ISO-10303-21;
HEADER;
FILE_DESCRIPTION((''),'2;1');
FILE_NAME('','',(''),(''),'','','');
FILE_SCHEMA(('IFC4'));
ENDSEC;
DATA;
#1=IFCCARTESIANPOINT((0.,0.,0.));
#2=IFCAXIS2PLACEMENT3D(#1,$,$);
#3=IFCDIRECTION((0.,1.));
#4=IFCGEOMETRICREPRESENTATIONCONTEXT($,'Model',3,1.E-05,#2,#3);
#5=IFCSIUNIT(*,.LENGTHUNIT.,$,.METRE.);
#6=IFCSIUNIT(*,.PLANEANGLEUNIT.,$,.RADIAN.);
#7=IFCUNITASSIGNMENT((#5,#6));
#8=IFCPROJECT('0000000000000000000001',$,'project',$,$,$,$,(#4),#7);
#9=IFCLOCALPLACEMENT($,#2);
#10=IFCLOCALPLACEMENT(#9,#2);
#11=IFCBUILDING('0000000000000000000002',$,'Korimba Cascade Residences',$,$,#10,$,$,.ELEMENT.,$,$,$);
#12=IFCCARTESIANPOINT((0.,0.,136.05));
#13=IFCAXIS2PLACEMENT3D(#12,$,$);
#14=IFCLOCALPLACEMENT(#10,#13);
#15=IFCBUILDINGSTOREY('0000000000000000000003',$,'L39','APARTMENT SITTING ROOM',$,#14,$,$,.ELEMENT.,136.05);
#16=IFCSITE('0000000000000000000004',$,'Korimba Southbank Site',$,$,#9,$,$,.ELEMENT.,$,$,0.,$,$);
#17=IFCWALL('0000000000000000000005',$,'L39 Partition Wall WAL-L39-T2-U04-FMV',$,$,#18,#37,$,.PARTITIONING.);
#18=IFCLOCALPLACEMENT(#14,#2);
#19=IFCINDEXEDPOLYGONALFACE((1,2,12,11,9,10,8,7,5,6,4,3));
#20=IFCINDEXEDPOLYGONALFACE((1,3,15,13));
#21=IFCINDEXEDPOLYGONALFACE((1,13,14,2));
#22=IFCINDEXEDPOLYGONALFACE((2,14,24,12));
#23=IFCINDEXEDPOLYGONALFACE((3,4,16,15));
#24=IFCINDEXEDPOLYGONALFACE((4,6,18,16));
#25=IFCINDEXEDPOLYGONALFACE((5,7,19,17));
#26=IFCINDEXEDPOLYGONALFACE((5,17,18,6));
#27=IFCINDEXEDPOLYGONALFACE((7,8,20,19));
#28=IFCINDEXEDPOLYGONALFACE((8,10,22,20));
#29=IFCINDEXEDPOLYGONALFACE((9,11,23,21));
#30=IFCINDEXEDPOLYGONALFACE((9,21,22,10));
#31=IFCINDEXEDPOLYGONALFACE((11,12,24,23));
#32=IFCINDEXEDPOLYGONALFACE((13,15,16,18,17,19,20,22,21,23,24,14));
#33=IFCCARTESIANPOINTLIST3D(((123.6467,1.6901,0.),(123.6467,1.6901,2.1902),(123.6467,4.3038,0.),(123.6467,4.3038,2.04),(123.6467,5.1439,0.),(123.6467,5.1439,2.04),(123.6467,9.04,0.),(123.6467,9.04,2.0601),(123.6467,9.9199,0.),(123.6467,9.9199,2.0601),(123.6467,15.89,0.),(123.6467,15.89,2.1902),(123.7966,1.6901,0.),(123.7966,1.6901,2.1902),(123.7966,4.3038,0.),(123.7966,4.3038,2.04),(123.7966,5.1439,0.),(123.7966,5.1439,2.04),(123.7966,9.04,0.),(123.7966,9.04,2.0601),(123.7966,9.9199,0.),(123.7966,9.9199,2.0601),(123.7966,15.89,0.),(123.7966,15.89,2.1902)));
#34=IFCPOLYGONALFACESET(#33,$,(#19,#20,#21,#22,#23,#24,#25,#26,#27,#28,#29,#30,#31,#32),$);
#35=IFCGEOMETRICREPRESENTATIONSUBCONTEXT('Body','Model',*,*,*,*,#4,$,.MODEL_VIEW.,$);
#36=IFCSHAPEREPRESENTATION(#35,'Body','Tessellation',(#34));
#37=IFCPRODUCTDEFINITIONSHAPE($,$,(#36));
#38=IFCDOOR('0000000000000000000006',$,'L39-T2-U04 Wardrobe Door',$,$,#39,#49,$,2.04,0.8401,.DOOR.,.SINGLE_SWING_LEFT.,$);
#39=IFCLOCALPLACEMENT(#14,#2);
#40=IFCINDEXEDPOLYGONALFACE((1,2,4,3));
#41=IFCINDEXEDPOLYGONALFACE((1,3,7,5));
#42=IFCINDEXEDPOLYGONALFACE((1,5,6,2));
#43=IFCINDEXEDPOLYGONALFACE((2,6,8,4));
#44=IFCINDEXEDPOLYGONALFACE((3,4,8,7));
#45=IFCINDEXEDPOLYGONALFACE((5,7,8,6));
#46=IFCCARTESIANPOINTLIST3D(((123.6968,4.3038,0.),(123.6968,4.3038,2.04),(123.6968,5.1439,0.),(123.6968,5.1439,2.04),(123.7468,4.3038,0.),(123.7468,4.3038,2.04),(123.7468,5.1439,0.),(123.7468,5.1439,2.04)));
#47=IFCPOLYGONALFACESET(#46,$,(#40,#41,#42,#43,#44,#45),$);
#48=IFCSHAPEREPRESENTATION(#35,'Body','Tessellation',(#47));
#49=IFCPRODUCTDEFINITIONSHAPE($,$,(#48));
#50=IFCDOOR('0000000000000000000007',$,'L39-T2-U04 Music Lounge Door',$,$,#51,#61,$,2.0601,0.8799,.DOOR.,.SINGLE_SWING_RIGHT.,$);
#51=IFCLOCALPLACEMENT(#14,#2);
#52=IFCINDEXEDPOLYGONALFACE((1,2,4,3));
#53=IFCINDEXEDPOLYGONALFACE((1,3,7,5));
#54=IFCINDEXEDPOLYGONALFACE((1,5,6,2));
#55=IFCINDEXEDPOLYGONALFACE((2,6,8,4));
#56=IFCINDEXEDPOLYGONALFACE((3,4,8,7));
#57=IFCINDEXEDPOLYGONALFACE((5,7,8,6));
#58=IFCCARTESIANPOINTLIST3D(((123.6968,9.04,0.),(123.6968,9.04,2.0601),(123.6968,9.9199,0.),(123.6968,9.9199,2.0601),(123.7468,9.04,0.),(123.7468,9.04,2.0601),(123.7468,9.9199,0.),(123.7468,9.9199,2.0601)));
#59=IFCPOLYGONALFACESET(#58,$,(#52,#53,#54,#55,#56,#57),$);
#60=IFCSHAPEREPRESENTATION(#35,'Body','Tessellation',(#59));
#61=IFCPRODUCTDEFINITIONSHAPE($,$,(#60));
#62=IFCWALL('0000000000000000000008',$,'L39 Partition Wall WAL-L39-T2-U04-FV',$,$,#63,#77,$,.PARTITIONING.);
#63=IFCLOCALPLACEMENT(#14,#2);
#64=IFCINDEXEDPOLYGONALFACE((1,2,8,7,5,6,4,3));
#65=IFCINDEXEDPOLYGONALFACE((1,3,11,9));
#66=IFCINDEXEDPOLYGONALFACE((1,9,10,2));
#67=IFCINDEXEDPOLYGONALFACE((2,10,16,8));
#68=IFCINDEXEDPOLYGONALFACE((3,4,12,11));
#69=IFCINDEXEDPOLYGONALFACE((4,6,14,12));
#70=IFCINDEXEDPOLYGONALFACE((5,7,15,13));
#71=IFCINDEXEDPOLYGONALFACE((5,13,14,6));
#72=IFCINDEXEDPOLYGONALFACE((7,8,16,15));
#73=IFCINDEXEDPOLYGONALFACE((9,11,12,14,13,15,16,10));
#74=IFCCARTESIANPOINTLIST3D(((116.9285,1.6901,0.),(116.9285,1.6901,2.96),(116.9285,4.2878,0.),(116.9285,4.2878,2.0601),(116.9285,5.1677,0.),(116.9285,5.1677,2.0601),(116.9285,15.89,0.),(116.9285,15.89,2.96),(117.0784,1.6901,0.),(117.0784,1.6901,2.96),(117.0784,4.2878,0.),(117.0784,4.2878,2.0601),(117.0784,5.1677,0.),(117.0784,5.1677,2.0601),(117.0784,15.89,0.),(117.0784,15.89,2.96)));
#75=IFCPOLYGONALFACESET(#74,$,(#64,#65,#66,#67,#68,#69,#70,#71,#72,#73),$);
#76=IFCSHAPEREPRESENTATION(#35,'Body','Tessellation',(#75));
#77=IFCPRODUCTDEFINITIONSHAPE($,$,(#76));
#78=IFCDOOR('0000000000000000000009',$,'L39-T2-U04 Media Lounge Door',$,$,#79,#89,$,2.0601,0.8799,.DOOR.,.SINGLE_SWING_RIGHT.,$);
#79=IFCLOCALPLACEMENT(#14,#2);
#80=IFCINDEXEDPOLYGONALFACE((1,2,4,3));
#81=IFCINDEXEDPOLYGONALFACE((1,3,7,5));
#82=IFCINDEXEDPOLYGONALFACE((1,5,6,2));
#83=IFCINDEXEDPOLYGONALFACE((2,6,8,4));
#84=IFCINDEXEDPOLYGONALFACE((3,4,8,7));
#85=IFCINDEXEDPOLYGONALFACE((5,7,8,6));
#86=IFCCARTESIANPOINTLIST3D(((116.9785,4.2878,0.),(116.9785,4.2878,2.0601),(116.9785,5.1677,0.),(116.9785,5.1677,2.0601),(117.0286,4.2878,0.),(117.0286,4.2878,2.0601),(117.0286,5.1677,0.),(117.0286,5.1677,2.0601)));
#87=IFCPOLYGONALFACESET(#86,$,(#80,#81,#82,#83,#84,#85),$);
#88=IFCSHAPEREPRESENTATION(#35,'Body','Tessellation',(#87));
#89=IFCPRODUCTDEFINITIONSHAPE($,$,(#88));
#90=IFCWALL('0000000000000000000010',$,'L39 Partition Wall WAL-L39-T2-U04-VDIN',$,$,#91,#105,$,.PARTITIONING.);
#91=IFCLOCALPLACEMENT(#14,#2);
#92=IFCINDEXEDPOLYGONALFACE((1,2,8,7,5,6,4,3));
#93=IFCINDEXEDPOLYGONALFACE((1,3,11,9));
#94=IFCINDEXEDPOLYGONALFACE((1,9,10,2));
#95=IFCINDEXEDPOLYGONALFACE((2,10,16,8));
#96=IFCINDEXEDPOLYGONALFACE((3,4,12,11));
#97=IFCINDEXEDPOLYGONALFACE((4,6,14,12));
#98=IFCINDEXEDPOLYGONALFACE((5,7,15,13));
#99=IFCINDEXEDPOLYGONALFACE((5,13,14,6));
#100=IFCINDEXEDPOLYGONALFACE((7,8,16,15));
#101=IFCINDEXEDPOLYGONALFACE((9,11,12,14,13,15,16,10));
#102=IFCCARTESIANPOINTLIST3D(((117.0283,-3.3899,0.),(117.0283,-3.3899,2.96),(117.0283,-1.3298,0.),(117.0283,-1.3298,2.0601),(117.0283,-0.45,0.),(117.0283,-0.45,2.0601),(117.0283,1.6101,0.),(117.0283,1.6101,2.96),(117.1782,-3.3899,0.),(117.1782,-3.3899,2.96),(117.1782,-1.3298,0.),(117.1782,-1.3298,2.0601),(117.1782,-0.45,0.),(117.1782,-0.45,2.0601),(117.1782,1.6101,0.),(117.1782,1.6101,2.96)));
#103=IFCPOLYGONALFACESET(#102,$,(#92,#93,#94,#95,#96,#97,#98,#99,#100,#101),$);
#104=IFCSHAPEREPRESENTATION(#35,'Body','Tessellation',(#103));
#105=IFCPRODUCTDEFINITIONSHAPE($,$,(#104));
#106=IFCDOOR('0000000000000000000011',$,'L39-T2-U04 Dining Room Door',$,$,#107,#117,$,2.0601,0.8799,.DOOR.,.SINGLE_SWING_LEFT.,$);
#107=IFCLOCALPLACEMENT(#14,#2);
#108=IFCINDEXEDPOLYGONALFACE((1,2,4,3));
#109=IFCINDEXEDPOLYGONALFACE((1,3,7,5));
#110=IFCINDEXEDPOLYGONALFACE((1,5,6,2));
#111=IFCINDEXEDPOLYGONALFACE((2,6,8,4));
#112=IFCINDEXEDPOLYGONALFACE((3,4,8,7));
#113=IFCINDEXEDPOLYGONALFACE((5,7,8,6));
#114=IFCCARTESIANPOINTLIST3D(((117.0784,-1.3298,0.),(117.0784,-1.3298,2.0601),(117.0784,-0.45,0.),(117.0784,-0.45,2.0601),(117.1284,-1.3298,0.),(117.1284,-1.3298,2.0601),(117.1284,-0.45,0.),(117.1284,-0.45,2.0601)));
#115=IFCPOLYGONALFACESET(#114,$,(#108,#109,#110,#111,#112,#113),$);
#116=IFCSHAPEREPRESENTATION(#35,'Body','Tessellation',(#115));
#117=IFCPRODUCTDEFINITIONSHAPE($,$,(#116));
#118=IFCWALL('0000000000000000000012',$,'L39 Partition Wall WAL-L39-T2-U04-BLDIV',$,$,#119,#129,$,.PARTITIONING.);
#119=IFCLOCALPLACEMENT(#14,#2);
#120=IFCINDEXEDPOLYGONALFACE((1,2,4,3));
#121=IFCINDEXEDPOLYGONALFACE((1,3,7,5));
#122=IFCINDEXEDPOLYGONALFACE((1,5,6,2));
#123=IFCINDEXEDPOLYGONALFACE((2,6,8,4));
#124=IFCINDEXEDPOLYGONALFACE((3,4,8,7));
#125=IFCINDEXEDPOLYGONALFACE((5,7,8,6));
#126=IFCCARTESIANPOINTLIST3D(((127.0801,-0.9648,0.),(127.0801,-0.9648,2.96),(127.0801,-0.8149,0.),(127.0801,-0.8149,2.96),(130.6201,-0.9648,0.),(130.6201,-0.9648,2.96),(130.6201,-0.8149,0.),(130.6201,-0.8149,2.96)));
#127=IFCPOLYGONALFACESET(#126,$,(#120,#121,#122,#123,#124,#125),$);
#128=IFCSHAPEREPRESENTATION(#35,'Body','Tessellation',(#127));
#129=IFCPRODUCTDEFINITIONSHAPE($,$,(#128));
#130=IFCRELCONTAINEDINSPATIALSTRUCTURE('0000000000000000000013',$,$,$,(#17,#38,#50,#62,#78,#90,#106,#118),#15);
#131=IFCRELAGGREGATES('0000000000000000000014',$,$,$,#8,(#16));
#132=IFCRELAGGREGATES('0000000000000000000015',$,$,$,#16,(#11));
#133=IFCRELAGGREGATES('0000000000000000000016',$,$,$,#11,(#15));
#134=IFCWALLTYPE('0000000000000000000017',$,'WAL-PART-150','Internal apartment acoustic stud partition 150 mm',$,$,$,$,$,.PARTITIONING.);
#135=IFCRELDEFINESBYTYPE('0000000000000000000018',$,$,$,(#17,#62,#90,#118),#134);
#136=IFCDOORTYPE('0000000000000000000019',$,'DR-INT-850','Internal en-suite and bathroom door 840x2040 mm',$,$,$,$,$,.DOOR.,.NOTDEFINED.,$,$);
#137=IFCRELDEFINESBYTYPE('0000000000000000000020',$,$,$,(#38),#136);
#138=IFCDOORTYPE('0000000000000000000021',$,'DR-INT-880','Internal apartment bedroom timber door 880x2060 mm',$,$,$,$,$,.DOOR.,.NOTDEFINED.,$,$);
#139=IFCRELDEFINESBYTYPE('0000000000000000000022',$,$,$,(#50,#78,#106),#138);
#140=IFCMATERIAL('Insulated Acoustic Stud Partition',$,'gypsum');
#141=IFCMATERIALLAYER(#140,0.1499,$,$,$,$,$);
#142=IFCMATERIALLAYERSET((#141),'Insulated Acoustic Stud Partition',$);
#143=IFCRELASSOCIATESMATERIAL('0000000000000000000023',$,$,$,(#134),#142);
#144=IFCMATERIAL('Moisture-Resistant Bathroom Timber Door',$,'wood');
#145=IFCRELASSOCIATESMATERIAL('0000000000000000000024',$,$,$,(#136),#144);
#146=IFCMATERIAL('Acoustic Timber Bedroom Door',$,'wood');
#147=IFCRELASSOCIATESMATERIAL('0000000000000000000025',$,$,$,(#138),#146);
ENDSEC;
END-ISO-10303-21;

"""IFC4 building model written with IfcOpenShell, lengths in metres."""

from ifc_helpers import new_model, si_unit, direction, frame, frame_2d, origin, place, context, subcontext, project, spatial, rectangle, extrude, material, layer, layer_set, type_object, element, fill, save


model = new_model("IFC4")

# Units and contexts
model_context = context("Model", 3, precision=1e-05, world=origin(), true_north=direction((0.0, 1.0)))
body_context = subcontext(model_context, "Body", "Model", "MODEL_VIEW")
ifc_project = project(units=[si_unit("LENGTHUNIT", "METRE"), si_unit("PLANEANGLEUNIT", "RADIAN")], contexts=[model_context])

# Site, building, storey
site_placement = place(None, origin())
site = spatial("IfcSite", under=ifc_project, at=site_placement, Name="Korimba Southbank Site", CompositionType="ELEMENT", RefElevation=0.0)
building_placement = place(site_placement, origin())
building = spatial("IfcBuilding", under=site, at=building_placement, Name="Korimba Cascade Residences", CompositionType="ELEMENT")
storey_placement = place(building_placement, frame((0.0, 0.0, 136.05)))
storey = spatial("IfcBuildingStorey", under=building, at=storey_placement, Name="L39", Description="APARTMENT SITTING ROOM", CompositionType="ELEMENT", Elevation=136.05)

# Wall, openings, doors
ifc_material_1 = material(Name="Insulated Acoustic Stud Partition", Category="gypsum")
ifc_layer = layer(ifc_material_1, 0.1499)
ifc_layer_set = layer_set([ifc_layer], Name="Insulated Acoustic Stud Partition")
wall_type = type_object("IfcWallType", Name="WAL-PART-150", Description="Internal apartment acoustic stud partition 150 mm", PredefinedType="PARTITIONING", material=ifc_layer_set)
wall_1_placement = place(storey_placement, frame((123.7217, 1.6899, 0.0), z_axis=(0.0, 0.0, 1.0), x_axis=(0.0, 1.0, 0.0)))
wall_1 = element("IfcWall", 1, at=wall_1_placement, inside=storey, type_object=wall_type, Name="L39 Partition Wall WAL-L39-T2-U04-FMV", PredefinedType="PARTITIONING", context=body_context, shape_type="SweptSolid", body=[
    extrude(rectangle(XDim=14.2, YDim=0.1499, at=frame_2d((7.1001, 0.0))), origin(), (0.0, 0.0, 1.0), 2.1902),
])
opening_1_placement = place(wall_1_placement, frame((2.614, 0.0, 0.0)))
opening_1 = element("IfcOpeningElement", 2, at=opening_1_placement, cuts=wall_1, PredefinedType="OPENING", context=body_context, shape_type="SweptSolid", body=[
    extrude(rectangle(XDim=0.8401, YDim=2.04, at=frame_2d((0.4199, 1.02))), frame((0.0, 0.085, 0.0), z_axis=(0.0, -1.0, 0.0), x_axis=(1.0, 0.0, 0.0)), (0.0, 0.0, 1.0), 0.1699),
])
opening_2_placement = place(wall_1_placement, frame((7.3501, 0.0, 0.0)))
opening_2 = element("IfcOpeningElement", 3, at=opening_2_placement, cuts=wall_1, PredefinedType="OPENING", context=body_context, shape_type="SweptSolid", body=[
    extrude(rectangle(XDim=0.8799, YDim=2.0601, at=frame_2d((0.4399, 1.03))), frame((0.0, 0.085, 0.0), z_axis=(0.0, -1.0, 0.0), x_axis=(1.0, 0.0, 0.0)), (0.0, 0.0, 1.0), 0.1699),
])
ifc_material_2 = material(Name="Moisture-Resistant Bathroom Timber Door", Category="wood")
door_type_1 = type_object("IfcDoorType", Name="DR-INT-850", Description="Internal en-suite and bathroom door 840x2040 mm", OperationType="NOTDEFINED", PredefinedType="DOOR", material=ifc_material_2)
door_1_placement = place(opening_1_placement, origin())
door_1 = element("IfcDoor", 4, at=door_1_placement, inside=storey, type_object=door_type_1, Name="L39-T2-U04 Wardrobe Door", OperationType="SINGLE_SWING_LEFT", OverallHeight=2.04, OverallWidth=0.8401, PredefinedType="DOOR", context=body_context, shape_type="SweptSolid", body=[
    extrude(rectangle(XDim=0.8401, YDim=2.04, at=frame_2d((0.4199, 1.02))), frame((0.0, 0.0249, 0.0), z_axis=(0.0, -1.0, 0.0), x_axis=(1.0, 0.0, 0.0)), (0.0, 0.0, 1.0), 0.05),
])
fill(opening_1, door_1)
ifc_material_3 = material(Name="Acoustic Timber Bedroom Door", Category="wood")
door_type_2 = type_object("IfcDoorType", Name="DR-INT-880", Description="Internal apartment bedroom timber door 880x2060 mm", OperationType="NOTDEFINED", PredefinedType="DOOR", material=ifc_material_3)
door_2_placement = place(opening_2_placement, origin())
door_2 = element("IfcDoor", 5, at=door_2_placement, inside=storey, type_object=door_type_2, Name="L39-T2-U04 Music Lounge Door", OperationType="SINGLE_SWING_RIGHT", OverallHeight=2.0601, OverallWidth=0.8799, PredefinedType="DOOR", context=body_context, shape_type="SweptSolid", body=[
    extrude(rectangle(XDim=0.8799, YDim=2.0601, at=frame_2d((0.4399, 1.03))), frame((0.0, 0.0249, 0.0), z_axis=(0.0, -1.0, 0.0), x_axis=(1.0, 0.0, 0.0)), (0.0, 0.0, 1.0), 0.05),
])
fill(opening_2, door_2)

# Walls, openings, doors
wall_2_placement = place(storey_placement, frame((117.0034, 1.6899, 0.0), z_axis=(0.0, 0.0, 1.0), x_axis=(0.0, 1.0, 0.0)))
wall_2 = element("IfcWall", 6, at=wall_2_placement, inside=storey, type_object=wall_type, Name="L39 Partition Wall WAL-L39-T2-U04-FV", PredefinedType="PARTITIONING", context=body_context, shape_type="SweptSolid", body=[
    extrude(rectangle(XDim=14.2, YDim=0.1499, at=frame_2d((7.1001, 0.0))), origin(), (0.0, 0.0, 1.0), 2.96),
])
opening_3_placement = place(wall_2_placement, frame((2.5979, 0.0, 0.0)))
opening_3 = element("IfcOpeningElement", 7, at=opening_3_placement, cuts=wall_2, PredefinedType="OPENING", context=body_context, shape_type="SweptSolid", body=[
    extrude(rectangle(XDim=0.8799, YDim=2.0601, at=frame_2d((0.4399, 1.03))), frame((0.0, 0.085, 0.0), z_axis=(0.0, -1.0, 0.0), x_axis=(1.0, 0.0, 0.0)), (0.0, 0.0, 1.0), 0.1699),
])
door_3_placement = place(opening_3_placement, origin())
door_3 = element("IfcDoor", 8, at=door_3_placement, inside=storey, type_object=door_type_2, Name="L39-T2-U04 Media Lounge Door", OperationType="SINGLE_SWING_RIGHT", OverallHeight=2.0601, OverallWidth=0.8799, PredefinedType="DOOR", context=body_context, shape_type="SweptSolid", body=[
    extrude(rectangle(XDim=0.8799, YDim=2.0601, at=frame_2d((0.4399, 1.03))), frame((0.0, 0.0249, 0.0), z_axis=(0.0, -1.0, 0.0), x_axis=(1.0, 0.0, 0.0)), (0.0, 0.0, 1.0), 0.05),
])
fill(opening_3, door_3)
wall_3_placement = place(storey_placement, frame((117.1033, -3.3899, 0.0), z_axis=(0.0, 0.0, 1.0), x_axis=(0.0, 1.0, 0.0)))
wall_3 = element("IfcWall", 9, at=wall_3_placement, inside=storey, type_object=wall_type, Name="L39 Partition Wall WAL-L39-T2-U04-VDIN", PredefinedType="PARTITIONING", context=body_context, shape_type="SweptSolid", body=[
    extrude(rectangle(XDim=5.0, YDim=0.1499, at=frame_2d((2.5, 0.0))), origin(), (0.0, 0.0, 1.0), 2.96),
])
opening_4_placement = place(wall_3_placement, frame((2.0601, 0.0, 0.0)))
opening_4 = element("IfcOpeningElement", 10, at=opening_4_placement, cuts=wall_3, PredefinedType="OPENING", context=body_context, shape_type="SweptSolid", body=[
    extrude(rectangle(XDim=0.8799, YDim=2.0601, at=frame_2d((0.4399, 1.03))), frame((0.0, 0.085, 0.0), z_axis=(0.0, -1.0, 0.0), x_axis=(1.0, 0.0, 0.0)), (0.0, 0.0, 1.0), 0.1699),
])
door_4_placement = place(opening_4_placement, origin())
door_4 = element("IfcDoor", 11, at=door_4_placement, inside=storey, type_object=door_type_2, Name="L39-T2-U04 Dining Room Door", OperationType="SINGLE_SWING_LEFT", OverallHeight=2.0601, OverallWidth=0.8799, PredefinedType="DOOR", context=body_context, shape_type="SweptSolid", body=[
    extrude(rectangle(XDim=0.8799, YDim=2.0601, at=frame_2d((0.4399, 1.03))), frame((0.0, 0.0249, 0.0), z_axis=(0.0, -1.0, 0.0), x_axis=(1.0, 0.0, 0.0)), (0.0, 0.0, 1.0), 0.05),
])
fill(opening_4, door_4)

# Wall
wall_4_placement = place(storey_placement, frame((127.0801, -0.8899, 0.0), z_axis=(0.0, 0.0, 1.0), x_axis=(1.0, 0.0, 0.0)))
element("IfcWall", 12, at=wall_4_placement, inside=storey, type_object=wall_type, Name="L39 Partition Wall WAL-L39-T2-U04-BLDIV", PredefinedType="PARTITIONING", context=body_context, shape_type="SweptSolid", body=[
    extrude(rectangle(XDim=3.54, YDim=0.1499, at=frame_2d((1.77, 0.0))), origin(), (0.0, 0.0, 1.0), 2.96),
])

save(model, "model.ifc")
